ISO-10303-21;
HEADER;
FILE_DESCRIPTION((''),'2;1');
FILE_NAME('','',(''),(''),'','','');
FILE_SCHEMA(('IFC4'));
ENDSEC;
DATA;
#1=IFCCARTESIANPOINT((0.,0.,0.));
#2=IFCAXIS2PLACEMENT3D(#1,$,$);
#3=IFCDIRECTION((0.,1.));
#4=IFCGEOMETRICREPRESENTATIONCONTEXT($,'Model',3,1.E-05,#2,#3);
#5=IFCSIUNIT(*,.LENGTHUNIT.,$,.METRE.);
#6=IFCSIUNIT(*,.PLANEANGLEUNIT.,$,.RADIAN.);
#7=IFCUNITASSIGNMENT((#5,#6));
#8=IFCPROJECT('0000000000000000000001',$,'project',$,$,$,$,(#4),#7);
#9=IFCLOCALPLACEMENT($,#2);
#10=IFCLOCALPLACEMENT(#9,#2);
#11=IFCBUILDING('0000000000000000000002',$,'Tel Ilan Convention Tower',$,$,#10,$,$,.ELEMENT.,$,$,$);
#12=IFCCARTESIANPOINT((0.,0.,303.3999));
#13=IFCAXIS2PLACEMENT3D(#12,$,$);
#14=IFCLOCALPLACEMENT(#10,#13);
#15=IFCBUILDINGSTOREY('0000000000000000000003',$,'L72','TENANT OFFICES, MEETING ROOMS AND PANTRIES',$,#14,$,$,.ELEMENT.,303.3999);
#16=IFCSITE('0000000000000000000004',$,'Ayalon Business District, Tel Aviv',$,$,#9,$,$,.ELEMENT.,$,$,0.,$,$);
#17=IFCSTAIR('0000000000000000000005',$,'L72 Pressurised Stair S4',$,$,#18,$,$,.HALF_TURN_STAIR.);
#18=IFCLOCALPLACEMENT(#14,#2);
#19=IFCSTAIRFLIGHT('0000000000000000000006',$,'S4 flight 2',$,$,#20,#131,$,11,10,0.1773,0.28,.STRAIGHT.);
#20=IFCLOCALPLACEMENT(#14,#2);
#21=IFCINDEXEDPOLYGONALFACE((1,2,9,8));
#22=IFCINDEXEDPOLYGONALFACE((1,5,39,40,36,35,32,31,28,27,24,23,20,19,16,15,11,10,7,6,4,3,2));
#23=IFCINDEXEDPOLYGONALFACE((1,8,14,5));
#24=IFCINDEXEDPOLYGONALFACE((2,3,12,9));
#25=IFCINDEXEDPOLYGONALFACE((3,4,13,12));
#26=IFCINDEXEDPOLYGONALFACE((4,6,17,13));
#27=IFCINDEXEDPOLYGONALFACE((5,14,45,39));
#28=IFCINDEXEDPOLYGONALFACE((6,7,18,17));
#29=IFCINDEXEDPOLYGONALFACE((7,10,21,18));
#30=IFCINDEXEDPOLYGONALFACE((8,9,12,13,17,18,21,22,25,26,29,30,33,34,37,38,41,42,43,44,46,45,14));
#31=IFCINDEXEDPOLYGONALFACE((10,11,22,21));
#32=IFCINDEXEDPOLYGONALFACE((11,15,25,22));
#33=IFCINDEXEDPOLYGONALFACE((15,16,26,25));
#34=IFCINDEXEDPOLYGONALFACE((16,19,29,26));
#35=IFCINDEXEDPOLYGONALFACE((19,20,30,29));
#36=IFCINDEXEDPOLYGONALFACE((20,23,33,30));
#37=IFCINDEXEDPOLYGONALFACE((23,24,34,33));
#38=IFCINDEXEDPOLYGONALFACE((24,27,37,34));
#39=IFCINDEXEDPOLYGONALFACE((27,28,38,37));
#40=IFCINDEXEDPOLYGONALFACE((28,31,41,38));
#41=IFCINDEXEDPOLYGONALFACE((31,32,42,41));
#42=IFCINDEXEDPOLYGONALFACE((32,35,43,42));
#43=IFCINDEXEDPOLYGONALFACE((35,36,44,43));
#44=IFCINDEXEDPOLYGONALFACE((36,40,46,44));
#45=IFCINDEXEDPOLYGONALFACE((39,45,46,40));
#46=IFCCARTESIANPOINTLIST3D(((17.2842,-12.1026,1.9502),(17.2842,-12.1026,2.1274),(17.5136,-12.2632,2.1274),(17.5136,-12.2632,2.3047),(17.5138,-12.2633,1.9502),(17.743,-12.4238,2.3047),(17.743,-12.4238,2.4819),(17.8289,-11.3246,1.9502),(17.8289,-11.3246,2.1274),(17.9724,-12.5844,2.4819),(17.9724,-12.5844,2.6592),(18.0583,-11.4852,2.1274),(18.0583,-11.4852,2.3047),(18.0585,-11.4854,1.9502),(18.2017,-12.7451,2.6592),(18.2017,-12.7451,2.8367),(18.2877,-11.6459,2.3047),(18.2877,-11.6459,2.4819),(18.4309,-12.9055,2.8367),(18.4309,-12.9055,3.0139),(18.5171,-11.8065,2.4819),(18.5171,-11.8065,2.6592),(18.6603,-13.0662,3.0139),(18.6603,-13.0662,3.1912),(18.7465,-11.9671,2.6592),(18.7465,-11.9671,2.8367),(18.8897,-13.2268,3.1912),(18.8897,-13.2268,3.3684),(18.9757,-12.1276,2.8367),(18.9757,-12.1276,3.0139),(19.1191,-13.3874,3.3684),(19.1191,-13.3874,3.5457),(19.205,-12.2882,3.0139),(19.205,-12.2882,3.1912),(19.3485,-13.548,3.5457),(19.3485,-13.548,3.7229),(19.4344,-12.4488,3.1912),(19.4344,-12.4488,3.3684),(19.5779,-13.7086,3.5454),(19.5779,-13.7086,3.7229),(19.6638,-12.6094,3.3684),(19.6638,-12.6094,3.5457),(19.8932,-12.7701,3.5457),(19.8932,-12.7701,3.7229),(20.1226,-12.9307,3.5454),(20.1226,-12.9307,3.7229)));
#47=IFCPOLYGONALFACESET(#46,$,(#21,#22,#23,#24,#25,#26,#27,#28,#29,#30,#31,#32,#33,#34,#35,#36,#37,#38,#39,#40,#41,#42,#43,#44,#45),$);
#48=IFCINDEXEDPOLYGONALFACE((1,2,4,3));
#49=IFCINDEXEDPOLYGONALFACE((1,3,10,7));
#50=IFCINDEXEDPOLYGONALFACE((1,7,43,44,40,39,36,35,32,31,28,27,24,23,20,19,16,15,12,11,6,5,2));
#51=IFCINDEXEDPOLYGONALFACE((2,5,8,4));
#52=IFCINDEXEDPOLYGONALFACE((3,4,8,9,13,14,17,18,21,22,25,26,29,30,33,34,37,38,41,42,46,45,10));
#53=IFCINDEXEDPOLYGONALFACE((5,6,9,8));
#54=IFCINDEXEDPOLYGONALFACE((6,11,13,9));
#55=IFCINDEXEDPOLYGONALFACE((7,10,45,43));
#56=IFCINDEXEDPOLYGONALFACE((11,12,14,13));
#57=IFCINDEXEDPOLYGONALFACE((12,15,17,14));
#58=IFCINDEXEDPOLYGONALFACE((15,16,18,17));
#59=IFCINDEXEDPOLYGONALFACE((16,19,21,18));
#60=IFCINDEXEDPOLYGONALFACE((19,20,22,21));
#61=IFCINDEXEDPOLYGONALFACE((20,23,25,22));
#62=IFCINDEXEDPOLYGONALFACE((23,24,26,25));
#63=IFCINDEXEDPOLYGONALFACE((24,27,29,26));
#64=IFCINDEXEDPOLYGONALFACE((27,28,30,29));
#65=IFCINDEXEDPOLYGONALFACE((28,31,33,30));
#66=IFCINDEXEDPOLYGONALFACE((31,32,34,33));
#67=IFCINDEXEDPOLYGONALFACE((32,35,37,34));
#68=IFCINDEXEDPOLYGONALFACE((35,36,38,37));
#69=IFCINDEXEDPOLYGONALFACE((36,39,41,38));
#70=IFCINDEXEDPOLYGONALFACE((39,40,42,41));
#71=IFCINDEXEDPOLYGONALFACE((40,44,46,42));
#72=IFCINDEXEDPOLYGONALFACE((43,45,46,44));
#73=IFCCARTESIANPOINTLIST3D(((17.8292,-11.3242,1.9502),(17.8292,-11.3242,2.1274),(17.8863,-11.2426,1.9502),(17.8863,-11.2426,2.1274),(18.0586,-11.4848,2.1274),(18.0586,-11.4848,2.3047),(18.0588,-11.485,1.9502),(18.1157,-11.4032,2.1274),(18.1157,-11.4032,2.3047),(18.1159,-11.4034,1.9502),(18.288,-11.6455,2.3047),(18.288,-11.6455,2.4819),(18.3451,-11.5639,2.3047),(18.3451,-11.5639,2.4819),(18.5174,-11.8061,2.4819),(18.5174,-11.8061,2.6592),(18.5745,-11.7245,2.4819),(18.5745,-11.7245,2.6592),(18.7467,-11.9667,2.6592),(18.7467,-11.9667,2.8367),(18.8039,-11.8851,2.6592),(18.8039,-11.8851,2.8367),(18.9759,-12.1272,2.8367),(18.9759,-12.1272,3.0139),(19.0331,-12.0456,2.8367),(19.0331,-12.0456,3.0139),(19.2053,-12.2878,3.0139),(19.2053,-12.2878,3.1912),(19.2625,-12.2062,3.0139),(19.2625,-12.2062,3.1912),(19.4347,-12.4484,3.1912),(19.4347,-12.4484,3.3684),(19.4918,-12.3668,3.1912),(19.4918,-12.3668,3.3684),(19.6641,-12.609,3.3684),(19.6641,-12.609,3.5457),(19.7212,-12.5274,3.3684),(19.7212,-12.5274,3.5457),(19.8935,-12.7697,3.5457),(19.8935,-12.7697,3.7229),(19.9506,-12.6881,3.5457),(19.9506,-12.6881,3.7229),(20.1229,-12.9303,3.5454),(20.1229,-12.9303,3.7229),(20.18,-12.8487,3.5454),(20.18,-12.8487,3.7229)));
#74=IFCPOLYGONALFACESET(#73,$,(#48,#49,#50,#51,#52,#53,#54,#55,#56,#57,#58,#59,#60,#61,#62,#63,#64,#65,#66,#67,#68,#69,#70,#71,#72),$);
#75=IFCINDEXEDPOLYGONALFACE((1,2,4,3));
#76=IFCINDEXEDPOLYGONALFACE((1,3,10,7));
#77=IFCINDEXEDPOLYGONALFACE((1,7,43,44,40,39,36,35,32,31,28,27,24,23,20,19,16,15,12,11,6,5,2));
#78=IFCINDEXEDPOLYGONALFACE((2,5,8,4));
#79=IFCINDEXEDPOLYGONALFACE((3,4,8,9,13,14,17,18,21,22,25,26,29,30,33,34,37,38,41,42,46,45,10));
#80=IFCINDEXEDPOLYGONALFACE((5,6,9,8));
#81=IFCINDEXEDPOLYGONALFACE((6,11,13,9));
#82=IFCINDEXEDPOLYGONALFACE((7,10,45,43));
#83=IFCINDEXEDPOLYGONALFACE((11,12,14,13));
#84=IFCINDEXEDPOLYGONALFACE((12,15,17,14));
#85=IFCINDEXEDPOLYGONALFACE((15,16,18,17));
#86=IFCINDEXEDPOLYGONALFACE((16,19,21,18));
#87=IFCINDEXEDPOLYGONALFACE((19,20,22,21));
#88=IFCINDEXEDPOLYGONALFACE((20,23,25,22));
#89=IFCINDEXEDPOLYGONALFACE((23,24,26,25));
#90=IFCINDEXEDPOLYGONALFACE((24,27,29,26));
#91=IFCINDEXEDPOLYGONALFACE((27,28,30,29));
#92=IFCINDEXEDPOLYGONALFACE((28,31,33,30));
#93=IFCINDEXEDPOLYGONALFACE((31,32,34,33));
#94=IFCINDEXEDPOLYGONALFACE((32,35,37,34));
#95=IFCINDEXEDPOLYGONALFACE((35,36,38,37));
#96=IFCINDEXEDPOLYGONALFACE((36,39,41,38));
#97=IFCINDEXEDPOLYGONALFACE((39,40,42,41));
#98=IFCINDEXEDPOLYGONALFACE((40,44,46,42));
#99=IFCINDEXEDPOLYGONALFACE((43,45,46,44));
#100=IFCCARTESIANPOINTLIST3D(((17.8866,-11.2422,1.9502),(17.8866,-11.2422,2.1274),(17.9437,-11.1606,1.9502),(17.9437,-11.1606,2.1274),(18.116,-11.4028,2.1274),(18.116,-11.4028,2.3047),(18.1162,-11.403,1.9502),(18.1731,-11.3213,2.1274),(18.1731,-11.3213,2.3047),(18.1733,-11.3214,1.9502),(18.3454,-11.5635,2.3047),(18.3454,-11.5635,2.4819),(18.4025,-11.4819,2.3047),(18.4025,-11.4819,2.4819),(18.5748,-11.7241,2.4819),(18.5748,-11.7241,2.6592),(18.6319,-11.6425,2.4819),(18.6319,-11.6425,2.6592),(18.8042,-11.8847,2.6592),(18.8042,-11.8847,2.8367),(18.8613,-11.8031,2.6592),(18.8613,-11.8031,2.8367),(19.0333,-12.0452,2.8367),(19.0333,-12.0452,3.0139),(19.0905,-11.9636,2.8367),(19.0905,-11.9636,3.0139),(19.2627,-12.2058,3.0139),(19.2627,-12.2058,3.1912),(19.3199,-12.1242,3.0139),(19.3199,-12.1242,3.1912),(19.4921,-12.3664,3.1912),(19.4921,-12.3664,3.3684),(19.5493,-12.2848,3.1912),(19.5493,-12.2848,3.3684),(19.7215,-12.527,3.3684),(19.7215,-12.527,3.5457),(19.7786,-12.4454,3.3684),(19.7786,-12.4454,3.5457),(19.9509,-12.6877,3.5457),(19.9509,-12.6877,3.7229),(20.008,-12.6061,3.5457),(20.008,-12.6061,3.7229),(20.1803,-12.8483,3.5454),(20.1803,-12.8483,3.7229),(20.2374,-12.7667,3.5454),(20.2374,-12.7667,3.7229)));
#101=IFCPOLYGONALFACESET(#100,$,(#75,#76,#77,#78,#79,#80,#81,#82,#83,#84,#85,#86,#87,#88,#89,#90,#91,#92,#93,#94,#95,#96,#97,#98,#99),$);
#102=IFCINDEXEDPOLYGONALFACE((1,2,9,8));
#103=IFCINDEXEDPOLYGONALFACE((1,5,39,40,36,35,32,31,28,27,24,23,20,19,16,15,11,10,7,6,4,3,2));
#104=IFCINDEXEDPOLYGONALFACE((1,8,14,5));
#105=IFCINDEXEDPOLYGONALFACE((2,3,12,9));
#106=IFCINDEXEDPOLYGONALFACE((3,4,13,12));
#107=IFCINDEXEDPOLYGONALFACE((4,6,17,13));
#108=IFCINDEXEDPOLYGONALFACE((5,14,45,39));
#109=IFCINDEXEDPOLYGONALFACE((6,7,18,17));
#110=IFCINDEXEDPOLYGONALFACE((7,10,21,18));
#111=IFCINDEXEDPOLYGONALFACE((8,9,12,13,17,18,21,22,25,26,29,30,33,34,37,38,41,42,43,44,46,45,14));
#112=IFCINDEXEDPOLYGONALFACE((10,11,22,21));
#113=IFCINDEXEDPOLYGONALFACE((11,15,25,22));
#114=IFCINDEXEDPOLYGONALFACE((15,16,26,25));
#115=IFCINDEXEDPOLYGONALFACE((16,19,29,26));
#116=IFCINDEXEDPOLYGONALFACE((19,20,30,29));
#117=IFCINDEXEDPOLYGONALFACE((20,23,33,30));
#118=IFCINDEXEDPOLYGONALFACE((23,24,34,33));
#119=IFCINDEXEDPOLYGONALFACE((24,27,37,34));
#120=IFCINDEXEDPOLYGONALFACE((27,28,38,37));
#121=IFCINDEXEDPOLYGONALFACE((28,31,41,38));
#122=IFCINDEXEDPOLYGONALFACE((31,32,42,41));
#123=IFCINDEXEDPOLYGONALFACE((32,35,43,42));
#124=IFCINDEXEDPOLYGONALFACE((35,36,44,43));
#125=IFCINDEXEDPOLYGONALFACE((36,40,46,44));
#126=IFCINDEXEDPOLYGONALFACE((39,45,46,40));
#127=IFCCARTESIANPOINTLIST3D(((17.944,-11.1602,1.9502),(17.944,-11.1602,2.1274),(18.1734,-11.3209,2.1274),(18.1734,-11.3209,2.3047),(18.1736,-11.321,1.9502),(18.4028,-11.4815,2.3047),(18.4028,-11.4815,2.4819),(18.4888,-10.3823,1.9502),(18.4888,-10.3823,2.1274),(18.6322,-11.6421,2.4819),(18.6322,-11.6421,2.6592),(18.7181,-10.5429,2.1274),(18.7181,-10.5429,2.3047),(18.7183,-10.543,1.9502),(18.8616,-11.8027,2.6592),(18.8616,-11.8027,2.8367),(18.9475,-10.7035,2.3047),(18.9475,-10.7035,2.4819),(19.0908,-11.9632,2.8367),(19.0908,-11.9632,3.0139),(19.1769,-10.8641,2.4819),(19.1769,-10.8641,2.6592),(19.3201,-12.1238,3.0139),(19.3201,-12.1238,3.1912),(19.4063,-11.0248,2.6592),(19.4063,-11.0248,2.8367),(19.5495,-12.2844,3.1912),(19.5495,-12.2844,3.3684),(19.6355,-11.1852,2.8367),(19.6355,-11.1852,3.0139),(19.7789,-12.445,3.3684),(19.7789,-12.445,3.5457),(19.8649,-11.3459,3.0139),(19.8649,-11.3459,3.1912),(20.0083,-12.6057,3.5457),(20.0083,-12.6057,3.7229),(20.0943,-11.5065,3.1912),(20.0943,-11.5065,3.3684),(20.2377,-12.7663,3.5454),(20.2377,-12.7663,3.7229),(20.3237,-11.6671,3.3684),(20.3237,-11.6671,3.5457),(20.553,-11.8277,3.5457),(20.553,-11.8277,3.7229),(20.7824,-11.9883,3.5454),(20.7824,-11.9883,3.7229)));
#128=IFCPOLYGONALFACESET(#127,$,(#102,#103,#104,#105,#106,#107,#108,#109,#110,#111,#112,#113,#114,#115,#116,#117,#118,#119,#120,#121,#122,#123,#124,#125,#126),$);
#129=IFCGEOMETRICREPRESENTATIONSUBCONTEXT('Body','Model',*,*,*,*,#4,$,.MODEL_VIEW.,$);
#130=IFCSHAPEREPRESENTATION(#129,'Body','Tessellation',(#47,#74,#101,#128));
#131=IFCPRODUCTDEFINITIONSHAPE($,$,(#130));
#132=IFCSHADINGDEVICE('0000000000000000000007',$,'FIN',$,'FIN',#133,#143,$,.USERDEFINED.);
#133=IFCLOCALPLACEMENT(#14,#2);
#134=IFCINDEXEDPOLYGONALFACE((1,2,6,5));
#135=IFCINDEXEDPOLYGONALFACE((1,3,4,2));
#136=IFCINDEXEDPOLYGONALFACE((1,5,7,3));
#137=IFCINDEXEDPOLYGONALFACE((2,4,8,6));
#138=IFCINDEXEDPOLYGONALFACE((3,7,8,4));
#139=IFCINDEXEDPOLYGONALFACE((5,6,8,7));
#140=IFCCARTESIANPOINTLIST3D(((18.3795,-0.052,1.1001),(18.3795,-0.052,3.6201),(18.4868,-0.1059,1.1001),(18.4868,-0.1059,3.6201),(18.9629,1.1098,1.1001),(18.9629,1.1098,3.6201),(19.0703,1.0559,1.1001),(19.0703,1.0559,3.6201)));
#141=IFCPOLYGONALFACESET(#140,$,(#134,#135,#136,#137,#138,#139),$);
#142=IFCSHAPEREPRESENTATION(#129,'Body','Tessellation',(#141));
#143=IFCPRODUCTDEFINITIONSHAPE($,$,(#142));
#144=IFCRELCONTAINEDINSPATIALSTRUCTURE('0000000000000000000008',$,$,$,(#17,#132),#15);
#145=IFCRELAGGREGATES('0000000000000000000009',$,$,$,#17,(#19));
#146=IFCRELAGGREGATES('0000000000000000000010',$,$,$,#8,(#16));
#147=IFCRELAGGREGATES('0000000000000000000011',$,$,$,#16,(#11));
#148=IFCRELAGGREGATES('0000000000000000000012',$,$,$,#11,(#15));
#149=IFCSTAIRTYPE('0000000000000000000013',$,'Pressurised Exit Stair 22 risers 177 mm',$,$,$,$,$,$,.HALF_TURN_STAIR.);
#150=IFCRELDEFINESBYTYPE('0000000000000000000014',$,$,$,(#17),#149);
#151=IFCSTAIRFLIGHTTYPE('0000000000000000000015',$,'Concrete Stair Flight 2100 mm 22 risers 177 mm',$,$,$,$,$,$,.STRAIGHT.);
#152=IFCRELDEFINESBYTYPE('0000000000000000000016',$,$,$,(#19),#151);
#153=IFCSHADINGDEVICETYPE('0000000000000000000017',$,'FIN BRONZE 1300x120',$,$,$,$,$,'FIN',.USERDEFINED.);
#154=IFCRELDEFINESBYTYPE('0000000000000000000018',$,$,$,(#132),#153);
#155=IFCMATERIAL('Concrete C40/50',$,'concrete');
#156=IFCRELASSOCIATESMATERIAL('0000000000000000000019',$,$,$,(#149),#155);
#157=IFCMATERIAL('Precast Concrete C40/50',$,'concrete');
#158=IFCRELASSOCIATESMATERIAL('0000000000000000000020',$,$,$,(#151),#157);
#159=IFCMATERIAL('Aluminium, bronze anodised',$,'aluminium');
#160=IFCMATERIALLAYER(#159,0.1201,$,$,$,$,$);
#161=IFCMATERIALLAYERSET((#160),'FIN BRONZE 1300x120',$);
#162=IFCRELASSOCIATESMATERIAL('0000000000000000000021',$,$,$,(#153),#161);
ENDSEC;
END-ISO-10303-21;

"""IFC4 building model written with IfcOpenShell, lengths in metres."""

from ifc_helpers import new_model, si_unit, direction, frame, origin, origin_2d, place, context, subcontext, project, spatial, polyline, rectangle, outline, extrude, material, layer, layer_set, type_object, element, aggregate, save


model = new_model("IFC4")

# Units and contexts
model_context = context("Model", 3, precision=1e-05, world=origin(), true_north=direction((0.0, 1.0)))
body_context = subcontext(model_context, "Body", "Model", "MODEL_VIEW")
ifc_project = project(units=[si_unit("LENGTHUNIT", "METRE"), si_unit("PLANEANGLEUNIT", "RADIAN")], contexts=[model_context])

# Site, building, storey
site_placement = place(None, origin())
site = spatial("IfcSite", under=ifc_project, at=site_placement, Name="Ayalon Business District, Tel Aviv", CompositionType="ELEMENT", RefElevation=0.0)
building_placement = place(site_placement, origin())
building = spatial("IfcBuilding", under=site, at=building_placement, Name="Tel Ilan Convention Tower", CompositionType="ELEMENT")
storey_placement = place(building_placement, frame((0.0, 0.0, 303.3999)))
storey = spatial("IfcBuildingStorey", under=building, at=storey_placement, Name="L72", Description="TENANT OFFICES, MEETING ROOMS AND PANTRIES", CompositionType="ELEMENT", Elevation=303.3999)

# Shared definitions
ifc_material_1 = material(Name="Concrete C40/50", Category="concrete")
stair_type = type_object("IfcStairType", Name="Pressurised Exit Stair 22 risers 177 mm", PredefinedType="HALF_TURN_STAIR", material=ifc_material_1)
ifc_material_2 = material(Name="Precast Concrete C40/50", Category="concrete")
stair_flight_type = type_object("IfcStairFlightType", Name="Concrete Stair Flight 2100 mm 22 risers 177 mm", PredefinedType="STRAIGHT", material=ifc_material_2)

# Stair, stair flight
stair_1_placement = place(storey_placement, origin())
stair_1 = element("IfcStair", 1, at=stair_1_placement, inside=storey, type_object=stair_type, Name="L72 Pressurised Stair S4", PredefinedType="HALF_TURN_STAIR")
stair_flight_1_placement = place(storey_placement, frame((17.8865, -11.2424, 1.9502), z_axis=(0.0, 0.0, 1.0), x_axis=(0.819152, -0.573576, 0.0)))
stair_flight_1 = element("IfcStairFlight", 2, at=stair_flight_1_placement, type_object=stair_flight_type, Name="S4 flight 2", NumberOfRisers=11, NumberOfTreads=10, PredefinedType="STRAIGHT", RiserHeight=0.1773, TreadLength=0.28, context=body_context, shape_type="SweptSolid", body=[
    extrude(outline(polyline([(0.0, 0.0), (0.0, 0.1772), (0.28, 0.1772), (0.28, 0.3545), (0.5601, 0.3545), (0.5601, 0.5317), (0.8401, 0.5317), (0.8401, 0.709), (1.1201, 0.709), (1.1201, 0.8865), (1.3999, 0.8865), (1.3999, 1.0637), (1.6799, 1.0637), (1.6799, 1.241), (1.96, 1.241), (1.96, 1.4182), (2.24, 1.4182), (2.24, 1.5955), (2.52, 1.5955), (2.52, 1.7727), (2.8, 1.7727), (2.8, 1.95), (2.8, 1.5952), (0.2803, 0.0), (0.0, 0.0)])), frame((0.0, -0.1003, 0.0), z_axis=(0.0, -1.0, 0.0), x_axis=(1.0, 0.0, 0.0)), (0.0, 0.0, 1.0), 0.9497),
    extrude(outline(polyline([(0.0, 0.0), (0.0, 0.1772), (0.28, 0.1772), (0.28, 0.3545), (0.5601, 0.3545), (0.5601, 0.5317), (0.8401, 0.5317), (0.8401, 0.709), (1.1201, 0.709), (1.1201, 0.8865), (1.3999, 0.8865), (1.3999, 1.0637), (1.6799, 1.0637), (1.6799, 1.241), (1.96, 1.241), (1.96, 1.4182), (2.24, 1.4182), (2.24, 1.5955), (2.52, 1.5955), (2.52, 1.7727), (2.8, 1.7727), (2.8, 1.95), (2.8, 1.5952), (0.2803, 0.0), (0.0, 0.0)])), frame((0.0, -0.0002, 0.0), z_axis=(0.0, -1.0, 0.0), x_axis=(1.0, 0.0, 0.0)), (0.0, 0.0, 1.0), 0.0996),
    extrude(outline(polyline([(0.0, 0.0), (0.0, 0.1772), (0.28, 0.1772), (0.28, 0.3545), (0.5601, 0.3545), (0.5601, 0.5317), (0.8401, 0.5317), (0.8401, 0.709), (1.1201, 0.709), (1.1201, 0.8865), (1.3999, 0.8865), (1.3999, 1.0637), (1.6799, 1.0637), (1.6799, 1.241), (1.96, 1.241), (1.96, 1.4182), (2.24, 1.4182), (2.24, 1.5955), (2.52, 1.5955), (2.52, 1.7727), (2.8, 1.7727), (2.8, 1.95), (2.8, 1.5952), (0.2803, 0.0), (0.0, 0.0)])), frame((0.0, 0.0999, 0.0), z_axis=(0.0, -1.0, 0.0), x_axis=(1.0, 0.0, 0.0)), (0.0, 0.0, 1.0), 0.0996),
    extrude(outline(polyline([(0.0, 0.0), (0.0, 0.1772), (0.28, 0.1772), (0.28, 0.3545), (0.5601, 0.3545), (0.5601, 0.5317), (0.8401, 0.5317), (0.8401, 0.709), (1.1201, 0.709), (1.1201, 0.8865), (1.3999, 0.8865), (1.3999, 1.0637), (1.6799, 1.0637), (1.6799, 1.241), (1.96, 1.241), (1.96, 1.4182), (2.24, 1.4182), (2.24, 1.5955), (2.52, 1.5955), (2.52, 1.7727), (2.8, 1.7727), (2.8, 1.95), (2.8, 1.5952), (0.2803, 0.0), (0.0, 0.0)])), frame((0.0, 1.05, 0.0), z_axis=(0.0, -1.0, 0.0), x_axis=(1.0, 0.0, 0.0)), (0.0, 0.0, 1.0), 0.9497),
])
aggregate(stair_1, [stair_flight_1])

# Shading device
ifc_material_3 = material(Name="Aluminium, bronze anodised", Category="aluminium")
ifc_layer_1 = layer(ifc_material_3, 0.1201)
ifc_layer_set_1 = layer_set([ifc_layer_1], Name="FIN BRONZE 1300x120")
shading_device_type = type_object("IfcShadingDeviceType", Name="FIN BRONZE 1300x120", ElementType="FIN", PredefinedType="USERDEFINED", material=ifc_layer_set_1)
shading_device_placement = place(storey_placement, frame((18.7249, 0.502, 1.1001), z_axis=(0.0, 0.0, 1.0), x_axis=(0.448799, 0.893633, 0.0)))
element("IfcShadingDevice", 3, at=shading_device_placement, inside=storey, type_object=shading_device_type, Name="FIN", ObjectType="FIN", PredefinedType="USERDEFINED", context=body_context, shape_type="SweptSolid", body=[
    extrude(rectangle(XDim=1.3, YDim=0.1201, at=origin_2d()), origin(), (0.0, 0.0, 1.0), 2.52),
])

save(model, "model.ifc")
